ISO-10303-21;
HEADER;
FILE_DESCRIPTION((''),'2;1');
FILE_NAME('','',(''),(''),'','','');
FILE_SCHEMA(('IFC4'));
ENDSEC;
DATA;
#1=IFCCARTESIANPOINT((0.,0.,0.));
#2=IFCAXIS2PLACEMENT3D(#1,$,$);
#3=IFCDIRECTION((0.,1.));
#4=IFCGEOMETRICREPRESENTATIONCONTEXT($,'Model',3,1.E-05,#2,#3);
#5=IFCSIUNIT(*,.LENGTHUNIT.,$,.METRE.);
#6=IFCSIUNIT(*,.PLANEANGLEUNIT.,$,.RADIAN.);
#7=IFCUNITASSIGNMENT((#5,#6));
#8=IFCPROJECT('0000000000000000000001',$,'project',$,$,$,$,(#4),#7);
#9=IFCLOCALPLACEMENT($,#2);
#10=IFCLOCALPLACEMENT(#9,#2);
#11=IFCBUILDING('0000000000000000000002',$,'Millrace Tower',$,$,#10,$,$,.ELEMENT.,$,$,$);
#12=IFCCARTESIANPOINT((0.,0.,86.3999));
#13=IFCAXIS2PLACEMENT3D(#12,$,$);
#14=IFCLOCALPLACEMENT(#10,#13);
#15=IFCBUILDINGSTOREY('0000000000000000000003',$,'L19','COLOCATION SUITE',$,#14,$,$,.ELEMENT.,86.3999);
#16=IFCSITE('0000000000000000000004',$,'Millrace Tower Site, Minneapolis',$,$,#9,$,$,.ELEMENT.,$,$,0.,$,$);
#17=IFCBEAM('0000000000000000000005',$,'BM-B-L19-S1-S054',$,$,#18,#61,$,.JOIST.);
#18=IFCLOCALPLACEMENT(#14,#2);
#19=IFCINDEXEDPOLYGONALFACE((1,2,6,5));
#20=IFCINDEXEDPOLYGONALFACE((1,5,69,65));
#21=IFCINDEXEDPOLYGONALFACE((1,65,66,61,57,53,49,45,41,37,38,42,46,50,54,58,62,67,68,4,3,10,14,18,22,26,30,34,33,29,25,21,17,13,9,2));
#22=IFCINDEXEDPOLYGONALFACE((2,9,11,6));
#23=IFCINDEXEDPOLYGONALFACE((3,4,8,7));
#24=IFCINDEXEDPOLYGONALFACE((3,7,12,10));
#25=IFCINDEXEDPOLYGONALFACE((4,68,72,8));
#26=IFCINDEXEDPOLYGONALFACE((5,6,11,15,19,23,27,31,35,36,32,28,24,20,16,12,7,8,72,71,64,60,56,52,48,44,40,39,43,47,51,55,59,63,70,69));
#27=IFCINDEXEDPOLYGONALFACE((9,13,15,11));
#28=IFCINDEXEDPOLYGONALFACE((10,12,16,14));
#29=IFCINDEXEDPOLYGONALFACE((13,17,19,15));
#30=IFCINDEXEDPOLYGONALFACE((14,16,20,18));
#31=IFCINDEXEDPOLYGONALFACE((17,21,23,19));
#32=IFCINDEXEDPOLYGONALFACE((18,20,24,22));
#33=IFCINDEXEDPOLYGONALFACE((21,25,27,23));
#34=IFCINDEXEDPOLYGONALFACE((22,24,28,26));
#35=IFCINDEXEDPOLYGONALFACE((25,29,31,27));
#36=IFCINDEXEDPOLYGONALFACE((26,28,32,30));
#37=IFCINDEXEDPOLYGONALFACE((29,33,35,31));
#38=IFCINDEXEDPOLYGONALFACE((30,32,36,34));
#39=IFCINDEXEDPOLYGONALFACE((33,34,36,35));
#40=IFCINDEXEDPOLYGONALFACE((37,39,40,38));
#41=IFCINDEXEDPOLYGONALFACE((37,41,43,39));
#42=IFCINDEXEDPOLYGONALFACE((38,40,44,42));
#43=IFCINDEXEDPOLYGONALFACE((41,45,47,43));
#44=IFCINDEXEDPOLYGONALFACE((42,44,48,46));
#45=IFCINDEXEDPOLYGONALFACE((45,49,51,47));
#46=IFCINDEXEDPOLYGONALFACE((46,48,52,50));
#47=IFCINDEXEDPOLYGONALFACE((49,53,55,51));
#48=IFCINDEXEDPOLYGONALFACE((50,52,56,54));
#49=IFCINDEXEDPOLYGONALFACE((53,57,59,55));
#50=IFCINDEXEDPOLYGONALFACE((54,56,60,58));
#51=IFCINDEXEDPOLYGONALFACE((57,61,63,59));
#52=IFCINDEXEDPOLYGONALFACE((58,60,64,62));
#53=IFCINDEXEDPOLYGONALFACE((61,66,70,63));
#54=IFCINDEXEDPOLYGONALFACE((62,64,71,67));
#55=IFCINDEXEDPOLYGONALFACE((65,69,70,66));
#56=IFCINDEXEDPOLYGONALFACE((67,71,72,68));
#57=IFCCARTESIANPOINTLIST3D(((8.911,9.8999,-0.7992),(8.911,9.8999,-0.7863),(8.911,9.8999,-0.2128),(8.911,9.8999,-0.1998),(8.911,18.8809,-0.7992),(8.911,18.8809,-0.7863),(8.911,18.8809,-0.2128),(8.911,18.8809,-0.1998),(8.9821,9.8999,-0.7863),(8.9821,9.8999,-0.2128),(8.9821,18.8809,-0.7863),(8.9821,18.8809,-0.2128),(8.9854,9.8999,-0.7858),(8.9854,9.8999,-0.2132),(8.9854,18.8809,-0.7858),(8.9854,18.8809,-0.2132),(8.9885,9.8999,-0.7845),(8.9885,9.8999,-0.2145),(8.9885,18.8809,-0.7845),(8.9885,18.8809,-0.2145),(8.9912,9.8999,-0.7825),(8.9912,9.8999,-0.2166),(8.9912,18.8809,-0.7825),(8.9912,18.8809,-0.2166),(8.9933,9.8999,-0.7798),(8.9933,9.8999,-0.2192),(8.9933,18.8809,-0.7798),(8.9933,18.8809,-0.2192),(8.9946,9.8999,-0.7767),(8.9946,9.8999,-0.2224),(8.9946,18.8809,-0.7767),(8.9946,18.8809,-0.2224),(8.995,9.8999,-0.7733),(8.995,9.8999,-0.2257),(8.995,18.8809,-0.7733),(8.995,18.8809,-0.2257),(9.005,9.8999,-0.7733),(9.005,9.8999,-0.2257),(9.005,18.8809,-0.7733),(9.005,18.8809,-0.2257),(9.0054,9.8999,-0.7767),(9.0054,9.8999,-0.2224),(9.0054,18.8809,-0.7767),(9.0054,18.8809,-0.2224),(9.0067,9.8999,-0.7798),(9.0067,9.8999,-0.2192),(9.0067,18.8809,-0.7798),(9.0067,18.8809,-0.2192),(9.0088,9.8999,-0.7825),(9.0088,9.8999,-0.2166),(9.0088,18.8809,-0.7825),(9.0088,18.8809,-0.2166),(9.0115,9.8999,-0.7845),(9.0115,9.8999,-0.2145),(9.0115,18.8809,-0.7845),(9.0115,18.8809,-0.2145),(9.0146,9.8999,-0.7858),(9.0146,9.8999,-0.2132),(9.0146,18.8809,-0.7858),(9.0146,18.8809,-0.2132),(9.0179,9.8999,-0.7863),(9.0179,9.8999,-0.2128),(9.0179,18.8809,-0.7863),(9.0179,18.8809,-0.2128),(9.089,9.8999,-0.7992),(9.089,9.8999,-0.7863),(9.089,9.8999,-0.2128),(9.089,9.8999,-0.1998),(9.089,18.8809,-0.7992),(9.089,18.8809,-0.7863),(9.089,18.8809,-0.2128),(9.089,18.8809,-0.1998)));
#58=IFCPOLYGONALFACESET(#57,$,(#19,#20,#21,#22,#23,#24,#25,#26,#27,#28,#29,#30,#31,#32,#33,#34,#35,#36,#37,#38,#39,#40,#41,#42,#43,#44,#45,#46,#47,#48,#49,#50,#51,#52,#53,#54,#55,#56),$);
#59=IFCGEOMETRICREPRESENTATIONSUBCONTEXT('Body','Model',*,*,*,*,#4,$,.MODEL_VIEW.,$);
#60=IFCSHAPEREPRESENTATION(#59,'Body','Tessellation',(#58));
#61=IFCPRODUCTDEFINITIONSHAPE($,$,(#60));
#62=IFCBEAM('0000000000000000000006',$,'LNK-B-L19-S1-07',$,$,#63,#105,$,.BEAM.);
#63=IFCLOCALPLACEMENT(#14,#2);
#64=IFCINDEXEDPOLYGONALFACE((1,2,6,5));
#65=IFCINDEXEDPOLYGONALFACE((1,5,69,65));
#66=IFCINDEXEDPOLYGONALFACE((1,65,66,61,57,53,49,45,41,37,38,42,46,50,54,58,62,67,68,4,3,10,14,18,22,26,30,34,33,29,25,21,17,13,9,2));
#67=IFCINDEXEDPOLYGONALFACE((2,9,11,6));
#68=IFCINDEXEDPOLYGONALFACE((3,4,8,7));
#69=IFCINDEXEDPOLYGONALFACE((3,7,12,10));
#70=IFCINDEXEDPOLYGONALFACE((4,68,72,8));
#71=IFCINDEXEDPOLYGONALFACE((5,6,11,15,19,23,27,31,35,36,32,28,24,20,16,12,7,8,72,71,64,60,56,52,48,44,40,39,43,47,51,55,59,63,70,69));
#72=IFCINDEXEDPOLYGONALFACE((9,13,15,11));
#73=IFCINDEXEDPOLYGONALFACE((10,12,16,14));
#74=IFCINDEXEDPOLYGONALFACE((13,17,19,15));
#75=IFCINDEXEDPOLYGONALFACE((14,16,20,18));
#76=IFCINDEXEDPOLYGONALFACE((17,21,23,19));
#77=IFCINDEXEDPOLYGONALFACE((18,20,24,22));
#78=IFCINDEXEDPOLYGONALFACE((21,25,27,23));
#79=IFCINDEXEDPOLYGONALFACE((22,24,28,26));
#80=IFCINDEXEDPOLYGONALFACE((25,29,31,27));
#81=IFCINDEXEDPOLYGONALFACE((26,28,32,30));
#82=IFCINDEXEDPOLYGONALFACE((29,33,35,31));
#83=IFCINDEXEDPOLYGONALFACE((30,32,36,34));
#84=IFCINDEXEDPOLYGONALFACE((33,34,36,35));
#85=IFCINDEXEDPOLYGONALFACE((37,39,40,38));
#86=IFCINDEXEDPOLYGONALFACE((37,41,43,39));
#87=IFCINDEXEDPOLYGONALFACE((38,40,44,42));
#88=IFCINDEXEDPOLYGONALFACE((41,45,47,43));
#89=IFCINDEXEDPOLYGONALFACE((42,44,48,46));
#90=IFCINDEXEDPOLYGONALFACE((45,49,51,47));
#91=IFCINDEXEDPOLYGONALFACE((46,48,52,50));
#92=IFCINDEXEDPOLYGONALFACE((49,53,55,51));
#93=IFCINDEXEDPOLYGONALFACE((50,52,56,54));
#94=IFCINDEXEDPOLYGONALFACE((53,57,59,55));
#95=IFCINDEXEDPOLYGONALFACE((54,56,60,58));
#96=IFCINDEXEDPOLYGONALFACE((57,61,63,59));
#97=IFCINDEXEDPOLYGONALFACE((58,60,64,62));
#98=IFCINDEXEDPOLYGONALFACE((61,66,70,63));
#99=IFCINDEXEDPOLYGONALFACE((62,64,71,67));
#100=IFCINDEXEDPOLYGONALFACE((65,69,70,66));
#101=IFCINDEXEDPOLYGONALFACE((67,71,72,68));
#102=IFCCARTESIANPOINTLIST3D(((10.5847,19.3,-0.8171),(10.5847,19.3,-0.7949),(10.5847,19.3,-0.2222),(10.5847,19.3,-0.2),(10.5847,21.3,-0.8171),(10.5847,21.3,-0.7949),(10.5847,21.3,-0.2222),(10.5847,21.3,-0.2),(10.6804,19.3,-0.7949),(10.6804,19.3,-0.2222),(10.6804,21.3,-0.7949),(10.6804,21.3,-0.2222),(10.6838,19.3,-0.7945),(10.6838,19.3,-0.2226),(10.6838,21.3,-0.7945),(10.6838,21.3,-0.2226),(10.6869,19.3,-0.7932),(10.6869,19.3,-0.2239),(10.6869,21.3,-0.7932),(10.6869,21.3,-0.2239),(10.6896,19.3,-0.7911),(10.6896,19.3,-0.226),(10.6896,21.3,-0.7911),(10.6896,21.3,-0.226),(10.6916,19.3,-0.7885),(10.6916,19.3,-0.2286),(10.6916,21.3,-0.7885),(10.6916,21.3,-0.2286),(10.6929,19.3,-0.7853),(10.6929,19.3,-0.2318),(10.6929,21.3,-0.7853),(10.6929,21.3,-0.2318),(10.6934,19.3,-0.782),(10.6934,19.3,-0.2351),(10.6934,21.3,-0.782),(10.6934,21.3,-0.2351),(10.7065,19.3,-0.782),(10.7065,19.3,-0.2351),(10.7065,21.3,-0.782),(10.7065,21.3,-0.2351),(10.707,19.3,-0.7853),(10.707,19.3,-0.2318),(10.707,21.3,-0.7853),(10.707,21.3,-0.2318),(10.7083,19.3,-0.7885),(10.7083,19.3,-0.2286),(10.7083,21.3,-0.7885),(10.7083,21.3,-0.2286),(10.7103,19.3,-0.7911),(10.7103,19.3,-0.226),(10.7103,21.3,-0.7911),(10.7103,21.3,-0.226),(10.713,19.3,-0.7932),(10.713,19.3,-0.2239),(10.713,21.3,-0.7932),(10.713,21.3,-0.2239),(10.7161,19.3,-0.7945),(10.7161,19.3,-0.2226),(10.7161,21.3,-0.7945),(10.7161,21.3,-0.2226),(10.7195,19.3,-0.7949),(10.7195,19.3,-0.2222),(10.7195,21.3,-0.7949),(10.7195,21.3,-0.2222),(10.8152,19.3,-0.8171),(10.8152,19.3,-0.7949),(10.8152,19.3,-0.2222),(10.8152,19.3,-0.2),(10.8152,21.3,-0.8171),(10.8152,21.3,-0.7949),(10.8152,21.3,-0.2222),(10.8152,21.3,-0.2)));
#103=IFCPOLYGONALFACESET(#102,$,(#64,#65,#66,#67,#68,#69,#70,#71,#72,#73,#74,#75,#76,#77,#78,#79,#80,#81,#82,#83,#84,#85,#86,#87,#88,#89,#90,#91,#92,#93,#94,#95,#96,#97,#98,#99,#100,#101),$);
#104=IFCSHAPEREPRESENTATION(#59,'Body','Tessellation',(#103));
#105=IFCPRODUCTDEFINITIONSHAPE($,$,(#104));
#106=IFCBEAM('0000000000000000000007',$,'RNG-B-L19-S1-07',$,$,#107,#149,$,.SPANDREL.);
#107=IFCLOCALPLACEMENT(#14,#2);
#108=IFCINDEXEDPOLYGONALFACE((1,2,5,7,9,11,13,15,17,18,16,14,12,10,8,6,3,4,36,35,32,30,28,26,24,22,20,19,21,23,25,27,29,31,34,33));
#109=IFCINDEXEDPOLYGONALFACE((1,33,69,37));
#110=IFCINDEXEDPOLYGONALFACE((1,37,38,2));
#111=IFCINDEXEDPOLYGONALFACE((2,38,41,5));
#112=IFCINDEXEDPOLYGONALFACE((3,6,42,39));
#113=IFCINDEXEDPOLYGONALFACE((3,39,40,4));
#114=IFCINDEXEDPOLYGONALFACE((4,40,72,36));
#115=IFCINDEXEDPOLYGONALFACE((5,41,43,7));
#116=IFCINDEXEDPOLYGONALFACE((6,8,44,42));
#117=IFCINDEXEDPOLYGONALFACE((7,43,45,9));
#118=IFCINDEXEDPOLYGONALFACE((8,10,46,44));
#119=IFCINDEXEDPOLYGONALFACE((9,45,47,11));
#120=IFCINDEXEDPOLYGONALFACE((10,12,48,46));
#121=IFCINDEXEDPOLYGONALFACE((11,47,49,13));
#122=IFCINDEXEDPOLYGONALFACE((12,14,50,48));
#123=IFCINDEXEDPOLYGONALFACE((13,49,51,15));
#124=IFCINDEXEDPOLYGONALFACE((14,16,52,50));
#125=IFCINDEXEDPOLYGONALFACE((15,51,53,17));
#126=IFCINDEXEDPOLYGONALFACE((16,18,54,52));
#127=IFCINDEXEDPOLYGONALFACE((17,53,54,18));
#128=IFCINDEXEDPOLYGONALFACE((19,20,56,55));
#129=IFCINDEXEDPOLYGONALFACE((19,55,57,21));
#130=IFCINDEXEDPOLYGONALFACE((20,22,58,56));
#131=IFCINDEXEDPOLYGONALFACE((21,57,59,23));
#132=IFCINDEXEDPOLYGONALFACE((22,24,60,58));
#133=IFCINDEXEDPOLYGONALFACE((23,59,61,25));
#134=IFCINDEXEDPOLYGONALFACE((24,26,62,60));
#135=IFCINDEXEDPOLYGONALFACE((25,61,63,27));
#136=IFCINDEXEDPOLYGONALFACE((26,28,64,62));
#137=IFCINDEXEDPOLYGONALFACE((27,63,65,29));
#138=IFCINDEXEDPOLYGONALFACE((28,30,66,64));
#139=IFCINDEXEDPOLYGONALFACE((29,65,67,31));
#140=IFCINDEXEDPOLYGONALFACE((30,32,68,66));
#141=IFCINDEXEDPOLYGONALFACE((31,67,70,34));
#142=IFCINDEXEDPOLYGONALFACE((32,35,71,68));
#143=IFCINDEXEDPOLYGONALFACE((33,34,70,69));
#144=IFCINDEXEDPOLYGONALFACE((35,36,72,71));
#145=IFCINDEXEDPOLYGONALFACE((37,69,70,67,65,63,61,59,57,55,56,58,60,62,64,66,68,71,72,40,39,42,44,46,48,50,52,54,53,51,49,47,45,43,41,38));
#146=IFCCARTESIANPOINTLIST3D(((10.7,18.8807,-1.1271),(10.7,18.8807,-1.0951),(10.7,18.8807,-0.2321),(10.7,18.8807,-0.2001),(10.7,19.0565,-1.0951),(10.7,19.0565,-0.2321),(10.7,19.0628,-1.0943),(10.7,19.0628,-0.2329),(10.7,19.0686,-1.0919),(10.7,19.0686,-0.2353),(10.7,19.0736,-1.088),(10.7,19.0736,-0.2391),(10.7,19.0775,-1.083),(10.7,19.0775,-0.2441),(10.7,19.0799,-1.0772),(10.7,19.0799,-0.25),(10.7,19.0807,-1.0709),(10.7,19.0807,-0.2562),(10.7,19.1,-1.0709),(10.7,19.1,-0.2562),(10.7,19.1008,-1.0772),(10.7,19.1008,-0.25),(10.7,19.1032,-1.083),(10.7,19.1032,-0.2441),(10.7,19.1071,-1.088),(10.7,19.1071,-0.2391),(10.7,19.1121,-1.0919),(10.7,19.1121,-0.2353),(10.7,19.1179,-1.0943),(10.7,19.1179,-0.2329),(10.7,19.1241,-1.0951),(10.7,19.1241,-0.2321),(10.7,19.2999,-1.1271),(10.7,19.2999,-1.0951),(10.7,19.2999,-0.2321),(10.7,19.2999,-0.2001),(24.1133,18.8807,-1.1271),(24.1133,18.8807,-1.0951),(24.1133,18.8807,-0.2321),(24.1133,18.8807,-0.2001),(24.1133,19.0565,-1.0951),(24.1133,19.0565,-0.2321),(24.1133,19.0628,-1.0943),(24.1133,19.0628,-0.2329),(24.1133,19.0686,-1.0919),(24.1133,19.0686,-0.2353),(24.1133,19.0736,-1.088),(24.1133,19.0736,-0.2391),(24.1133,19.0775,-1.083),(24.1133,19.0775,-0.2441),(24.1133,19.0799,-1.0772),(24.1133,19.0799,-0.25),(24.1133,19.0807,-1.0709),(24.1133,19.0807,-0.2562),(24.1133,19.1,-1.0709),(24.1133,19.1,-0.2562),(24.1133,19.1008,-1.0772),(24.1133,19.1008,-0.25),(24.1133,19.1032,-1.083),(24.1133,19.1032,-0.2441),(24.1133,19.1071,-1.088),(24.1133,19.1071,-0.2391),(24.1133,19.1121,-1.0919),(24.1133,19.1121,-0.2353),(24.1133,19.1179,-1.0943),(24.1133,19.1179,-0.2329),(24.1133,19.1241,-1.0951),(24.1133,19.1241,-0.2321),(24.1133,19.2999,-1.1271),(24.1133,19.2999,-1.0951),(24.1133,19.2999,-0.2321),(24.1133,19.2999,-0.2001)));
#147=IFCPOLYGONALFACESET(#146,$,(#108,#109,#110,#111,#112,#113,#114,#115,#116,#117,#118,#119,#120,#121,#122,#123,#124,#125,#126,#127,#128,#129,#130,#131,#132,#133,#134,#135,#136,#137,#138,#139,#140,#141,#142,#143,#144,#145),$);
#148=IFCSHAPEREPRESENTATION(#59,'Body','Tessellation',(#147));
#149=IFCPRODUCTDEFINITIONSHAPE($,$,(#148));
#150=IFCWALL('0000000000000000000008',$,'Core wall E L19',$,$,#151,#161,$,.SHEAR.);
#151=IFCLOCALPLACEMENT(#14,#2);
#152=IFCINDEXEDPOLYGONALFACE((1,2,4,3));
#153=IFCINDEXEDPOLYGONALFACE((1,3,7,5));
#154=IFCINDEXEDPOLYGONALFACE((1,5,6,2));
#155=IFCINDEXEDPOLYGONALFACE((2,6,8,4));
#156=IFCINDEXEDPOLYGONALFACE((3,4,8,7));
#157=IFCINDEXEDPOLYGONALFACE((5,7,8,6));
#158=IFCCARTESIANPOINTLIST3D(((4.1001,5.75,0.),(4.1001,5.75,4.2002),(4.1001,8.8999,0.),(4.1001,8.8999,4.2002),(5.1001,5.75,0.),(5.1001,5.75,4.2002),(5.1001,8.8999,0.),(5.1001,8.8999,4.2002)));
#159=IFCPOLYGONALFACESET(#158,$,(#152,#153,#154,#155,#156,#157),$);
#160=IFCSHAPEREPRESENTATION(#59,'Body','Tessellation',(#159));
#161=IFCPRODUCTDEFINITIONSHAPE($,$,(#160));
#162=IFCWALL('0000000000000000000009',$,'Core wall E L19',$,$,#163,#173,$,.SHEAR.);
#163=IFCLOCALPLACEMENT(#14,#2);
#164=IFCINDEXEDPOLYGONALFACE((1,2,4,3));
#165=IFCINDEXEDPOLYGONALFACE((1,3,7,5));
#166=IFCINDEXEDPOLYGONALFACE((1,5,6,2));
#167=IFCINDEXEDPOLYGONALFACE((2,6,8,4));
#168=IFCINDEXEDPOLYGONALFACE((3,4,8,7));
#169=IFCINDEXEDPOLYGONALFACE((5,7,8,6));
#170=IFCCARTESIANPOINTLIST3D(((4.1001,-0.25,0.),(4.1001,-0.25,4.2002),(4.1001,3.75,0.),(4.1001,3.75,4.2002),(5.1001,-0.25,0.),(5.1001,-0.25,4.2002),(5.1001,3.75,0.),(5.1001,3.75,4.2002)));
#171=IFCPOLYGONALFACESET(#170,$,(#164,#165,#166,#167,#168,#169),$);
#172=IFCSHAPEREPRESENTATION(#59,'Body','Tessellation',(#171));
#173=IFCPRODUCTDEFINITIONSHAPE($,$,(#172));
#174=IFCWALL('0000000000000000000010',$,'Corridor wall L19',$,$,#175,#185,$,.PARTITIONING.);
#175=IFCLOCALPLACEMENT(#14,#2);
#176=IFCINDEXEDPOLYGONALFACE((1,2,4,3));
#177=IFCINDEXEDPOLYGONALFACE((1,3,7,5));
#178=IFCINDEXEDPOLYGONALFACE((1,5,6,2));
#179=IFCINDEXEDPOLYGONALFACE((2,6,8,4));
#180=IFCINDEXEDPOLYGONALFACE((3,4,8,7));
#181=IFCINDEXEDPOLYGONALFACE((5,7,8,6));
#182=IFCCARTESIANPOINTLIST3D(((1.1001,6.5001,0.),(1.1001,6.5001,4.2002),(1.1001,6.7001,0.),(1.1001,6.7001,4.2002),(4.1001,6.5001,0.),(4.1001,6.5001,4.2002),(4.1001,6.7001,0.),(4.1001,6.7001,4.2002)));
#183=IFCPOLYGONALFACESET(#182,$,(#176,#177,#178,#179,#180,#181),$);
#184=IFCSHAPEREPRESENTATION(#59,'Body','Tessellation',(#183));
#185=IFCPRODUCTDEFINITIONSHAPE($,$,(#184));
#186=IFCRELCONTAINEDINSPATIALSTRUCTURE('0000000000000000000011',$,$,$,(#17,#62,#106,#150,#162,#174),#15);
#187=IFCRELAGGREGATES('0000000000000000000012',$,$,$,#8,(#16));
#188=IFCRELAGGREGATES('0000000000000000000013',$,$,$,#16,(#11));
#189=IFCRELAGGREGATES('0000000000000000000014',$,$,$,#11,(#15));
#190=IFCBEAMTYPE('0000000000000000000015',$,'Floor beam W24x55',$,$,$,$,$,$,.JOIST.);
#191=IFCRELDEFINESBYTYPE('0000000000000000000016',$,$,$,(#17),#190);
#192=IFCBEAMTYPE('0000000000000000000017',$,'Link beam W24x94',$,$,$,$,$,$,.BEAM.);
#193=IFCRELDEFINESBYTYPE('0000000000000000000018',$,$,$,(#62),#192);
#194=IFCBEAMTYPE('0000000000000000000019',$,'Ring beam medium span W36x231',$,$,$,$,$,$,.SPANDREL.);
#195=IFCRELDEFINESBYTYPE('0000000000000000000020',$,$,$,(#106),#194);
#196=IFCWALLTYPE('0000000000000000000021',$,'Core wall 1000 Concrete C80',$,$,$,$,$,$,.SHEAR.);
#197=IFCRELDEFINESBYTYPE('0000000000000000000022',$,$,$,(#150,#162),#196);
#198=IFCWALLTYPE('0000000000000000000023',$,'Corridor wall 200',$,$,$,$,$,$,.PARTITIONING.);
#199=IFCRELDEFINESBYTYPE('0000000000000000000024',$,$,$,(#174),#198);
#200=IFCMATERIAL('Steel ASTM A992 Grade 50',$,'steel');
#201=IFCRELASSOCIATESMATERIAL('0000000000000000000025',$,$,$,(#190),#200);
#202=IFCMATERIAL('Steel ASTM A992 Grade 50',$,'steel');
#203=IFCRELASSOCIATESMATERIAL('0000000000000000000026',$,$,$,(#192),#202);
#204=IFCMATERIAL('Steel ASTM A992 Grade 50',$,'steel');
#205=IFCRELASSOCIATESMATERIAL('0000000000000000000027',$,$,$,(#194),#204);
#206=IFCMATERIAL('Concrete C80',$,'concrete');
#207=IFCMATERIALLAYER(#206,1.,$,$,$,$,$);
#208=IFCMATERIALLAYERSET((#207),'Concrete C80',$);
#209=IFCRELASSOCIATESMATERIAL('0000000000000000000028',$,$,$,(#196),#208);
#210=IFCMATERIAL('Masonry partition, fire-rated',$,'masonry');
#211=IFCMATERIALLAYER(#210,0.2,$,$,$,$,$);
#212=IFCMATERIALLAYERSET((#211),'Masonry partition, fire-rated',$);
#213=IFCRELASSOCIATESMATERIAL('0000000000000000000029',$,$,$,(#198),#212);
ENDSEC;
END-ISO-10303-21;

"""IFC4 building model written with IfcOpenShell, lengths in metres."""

from ifc_helpers import new_model, si_unit, direction, frame, frame_2d, origin, origin_2d, place, context, subcontext, project, spatial, rectangle, i_section, extrude, material, layer, layer_set, material_profile, profile_set, type_object, element, save


model = new_model("IFC4")

# Units and contexts
model_context = context("Model", 3, precision=1e-05, world=origin(), true_north=direction((0.0, 1.0)))
body_context = subcontext(model_context, "Body", "Model", "MODEL_VIEW")
ifc_project = project(units=[si_unit("LENGTHUNIT", "METRE"), si_unit("PLANEANGLEUNIT", "RADIAN")], contexts=[model_context])

# Site, building, storey
site_placement = place(None, origin())
site = spatial("IfcSite", under=ifc_project, at=site_placement, Name="Millrace Tower Site, Minneapolis", CompositionType="ELEMENT", RefElevation=0.0)
building_placement = place(site_placement, origin())
building = spatial("IfcBuilding", under=site, at=building_placement, Name="Millrace Tower", CompositionType="ELEMENT")
storey_placement = place(building_placement, frame((0.0, 0.0, 86.3999)))
storey = spatial("IfcBuildingStorey", under=building, at=storey_placement, Name="L19", Description="COLOCATION SUITE", CompositionType="ELEMENT", Elevation=86.3999)

# Beams
ifc_material_1 = material(Name="Steel ASTM A992 Grade 50", Category="steel")
ifc_material_profile_1 = material_profile(ifc_material_1, i_section(OverallWidth=0.178, OverallDepth=0.5994, WebThickness=0.01, FlangeThickness=0.0129, FilletRadius=0.0129, at=origin_2d()))
ifc_profile_set_1 = profile_set([ifc_material_profile_1], Name="Steel ASTM A992 Grade 50")
beam_type_1 = type_object("IfcBeamType", Name="Floor beam W24x55", PredefinedType="JOIST", material=ifc_profile_set_1)
for number, where, z_axis, x_axis, name in (
    (1, (9.0, 9.8999, -0.4995), (0.0, 1.0, 0.0), (-1.0, 0.0, 0.0), "BM-B-L19-S1-S054"),
):
    element("IfcBeam", number, at=place(storey_placement, frame(where, z_axis=z_axis, x_axis=x_axis)), inside=storey, type_object=beam_type_1, Name=name, PredefinedType="JOIST", context=body_context, shape_type="SweptSolid", body=[
        extrude(i_section(OverallWidth=0.178, OverallDepth=0.5994, WebThickness=0.01, FlangeThickness=0.0129, FilletRadius=0.0129, at=origin_2d()), origin(), (0.0, 0.0, 1.0), 8.981),
    ])
ifc_material_2 = material(Name="Steel ASTM A992 Grade 50", Category="steel")
ifc_material_profile_2 = material_profile(ifc_material_2, i_section(OverallWidth=0.2305, OverallDepth=0.6172, WebThickness=0.0132, FlangeThickness=0.0222, FilletRadius=0.0129, at=origin_2d()))
ifc_profile_set_2 = profile_set([ifc_material_profile_2], Name="Steel ASTM A992 Grade 50")
beam_type_2 = type_object("IfcBeamType", Name="Link beam W24x94", PredefinedType="BEAM", material=ifc_profile_set_2)
beam_1_placement = place(storey_placement, frame((10.7, 19.3, -0.5085), z_axis=(0.0, 1.0, 0.0), x_axis=(-1.0, 0.0, 0.0)))
element("IfcBeam", 2, at=beam_1_placement, inside=storey, type_object=beam_type_2, Name="LNK-B-L19-S1-07", PredefinedType="BEAM", context=body_context, shape_type="SweptSolid", body=[
    extrude(i_section(OverallWidth=0.2305, OverallDepth=0.6172, WebThickness=0.0132, FlangeThickness=0.0222, FilletRadius=0.0129, at=origin_2d()), origin(), (0.0, 0.0, 1.0), 2.0),
])
ifc_material_3 = material(Name="Steel ASTM A992 Grade 50", Category="steel")
ifc_material_profile_3 = material_profile(ifc_material_3, i_section(OverallWidth=0.4192, OverallDepth=0.927, WebThickness=0.0193, FlangeThickness=0.032, FilletRadius=0.0242, at=origin_2d()))
ifc_profile_set_3 = profile_set([ifc_material_profile_3], Name="Steel ASTM A992 Grade 50")
beam_type_3 = type_object("IfcBeamType", Name="Ring beam medium span W36x231", PredefinedType="SPANDREL", material=ifc_profile_set_3)
beam_2_placement = place(storey_placement, frame((10.7, 19.0903, -0.6636), z_axis=(1.0, 0.0, 0.0), x_axis=(0.0, 1.0, 0.0)))
element("IfcBeam", 3, at=beam_2_placement, inside=storey, type_object=beam_type_3, Name="RNG-B-L19-S1-07", PredefinedType="SPANDREL", context=body_context, shape_type="SweptSolid", body=[
    extrude(i_section(OverallWidth=0.4192, OverallDepth=0.927, WebThickness=0.0193, FlangeThickness=0.032, FilletRadius=0.0242, at=origin_2d()), origin(), (0.0, 0.0, 1.0), 13.4133),
])

# Walls
ifc_material_4 = material(Name="Concrete C80", Category="concrete")
ifc_layer_1 = layer(ifc_material_4, 1.0)
ifc_layer_set_1 = layer_set([ifc_layer_1], Name="Concrete C80")
wall_type_1 = type_object("IfcWallType", Name="Core wall 1000 Concrete C80", PredefinedType="SHEAR", material=ifc_layer_set_1)
wall_1_placement = place(storey_placement, frame((4.6001, 8.8999, 0.0), z_axis=(0.0, 0.0, 1.0), x_axis=(0.0, -1.0, 0.0)))
element("IfcWall", 4, at=wall_1_placement, inside=storey, type_object=wall_type_1, Name="Core wall E L19", PredefinedType="SHEAR", context=body_context, shape_type="SweptSolid", body=[
    extrude(rectangle(XDim=3.1499, YDim=1.0, at=frame_2d((1.575, 0.0))), origin(), (0.0, 0.0, 1.0), 4.2002),
])
wall_2_placement = place(storey_placement, frame((4.6001, 3.75, 0.0), z_axis=(0.0, 0.0, 1.0), x_axis=(0.0, -1.0, 0.0)))
element("IfcWall", 5, at=wall_2_placement, inside=storey, type_object=wall_type_1, Name="Core wall E L19", PredefinedType="SHEAR", context=body_context, shape_type="SweptSolid", body=[
    extrude(rectangle(XDim=4.0, YDim=1.0, at=frame_2d((2.0, 0.0))), origin(), (0.0, 0.0, 1.0), 4.2002),
])
ifc_material_5 = material(Name="Masonry partition, fire-rated", Category="masonry")
ifc_layer_2 = layer(ifc_material_5, 0.2)
ifc_layer_set_2 = layer_set([ifc_layer_2], Name="Masonry partition, fire-rated")
wall_type_2 = type_object("IfcWallType", Name="Corridor wall 200", PredefinedType="PARTITIONING", material=ifc_layer_set_2)
wall_3_placement = place(storey_placement, frame((1.1001, 6.6001, 0.0), z_axis=(0.0, 0.0, 1.0), x_axis=(1.0, 0.0, 0.0)))
element("IfcWall", 6, at=wall_3_placement, inside=storey, type_object=wall_type_2, Name="Corridor wall L19", PredefinedType="PARTITIONING", context=body_context, shape_type="SweptSolid", body=[
    extrude(rectangle(XDim=3.0, YDim=0.2, at=frame_2d((1.5, 0.0))), origin(), (0.0, 0.0, 1.0), 4.2002),
])

save(model, "model.ifc")
